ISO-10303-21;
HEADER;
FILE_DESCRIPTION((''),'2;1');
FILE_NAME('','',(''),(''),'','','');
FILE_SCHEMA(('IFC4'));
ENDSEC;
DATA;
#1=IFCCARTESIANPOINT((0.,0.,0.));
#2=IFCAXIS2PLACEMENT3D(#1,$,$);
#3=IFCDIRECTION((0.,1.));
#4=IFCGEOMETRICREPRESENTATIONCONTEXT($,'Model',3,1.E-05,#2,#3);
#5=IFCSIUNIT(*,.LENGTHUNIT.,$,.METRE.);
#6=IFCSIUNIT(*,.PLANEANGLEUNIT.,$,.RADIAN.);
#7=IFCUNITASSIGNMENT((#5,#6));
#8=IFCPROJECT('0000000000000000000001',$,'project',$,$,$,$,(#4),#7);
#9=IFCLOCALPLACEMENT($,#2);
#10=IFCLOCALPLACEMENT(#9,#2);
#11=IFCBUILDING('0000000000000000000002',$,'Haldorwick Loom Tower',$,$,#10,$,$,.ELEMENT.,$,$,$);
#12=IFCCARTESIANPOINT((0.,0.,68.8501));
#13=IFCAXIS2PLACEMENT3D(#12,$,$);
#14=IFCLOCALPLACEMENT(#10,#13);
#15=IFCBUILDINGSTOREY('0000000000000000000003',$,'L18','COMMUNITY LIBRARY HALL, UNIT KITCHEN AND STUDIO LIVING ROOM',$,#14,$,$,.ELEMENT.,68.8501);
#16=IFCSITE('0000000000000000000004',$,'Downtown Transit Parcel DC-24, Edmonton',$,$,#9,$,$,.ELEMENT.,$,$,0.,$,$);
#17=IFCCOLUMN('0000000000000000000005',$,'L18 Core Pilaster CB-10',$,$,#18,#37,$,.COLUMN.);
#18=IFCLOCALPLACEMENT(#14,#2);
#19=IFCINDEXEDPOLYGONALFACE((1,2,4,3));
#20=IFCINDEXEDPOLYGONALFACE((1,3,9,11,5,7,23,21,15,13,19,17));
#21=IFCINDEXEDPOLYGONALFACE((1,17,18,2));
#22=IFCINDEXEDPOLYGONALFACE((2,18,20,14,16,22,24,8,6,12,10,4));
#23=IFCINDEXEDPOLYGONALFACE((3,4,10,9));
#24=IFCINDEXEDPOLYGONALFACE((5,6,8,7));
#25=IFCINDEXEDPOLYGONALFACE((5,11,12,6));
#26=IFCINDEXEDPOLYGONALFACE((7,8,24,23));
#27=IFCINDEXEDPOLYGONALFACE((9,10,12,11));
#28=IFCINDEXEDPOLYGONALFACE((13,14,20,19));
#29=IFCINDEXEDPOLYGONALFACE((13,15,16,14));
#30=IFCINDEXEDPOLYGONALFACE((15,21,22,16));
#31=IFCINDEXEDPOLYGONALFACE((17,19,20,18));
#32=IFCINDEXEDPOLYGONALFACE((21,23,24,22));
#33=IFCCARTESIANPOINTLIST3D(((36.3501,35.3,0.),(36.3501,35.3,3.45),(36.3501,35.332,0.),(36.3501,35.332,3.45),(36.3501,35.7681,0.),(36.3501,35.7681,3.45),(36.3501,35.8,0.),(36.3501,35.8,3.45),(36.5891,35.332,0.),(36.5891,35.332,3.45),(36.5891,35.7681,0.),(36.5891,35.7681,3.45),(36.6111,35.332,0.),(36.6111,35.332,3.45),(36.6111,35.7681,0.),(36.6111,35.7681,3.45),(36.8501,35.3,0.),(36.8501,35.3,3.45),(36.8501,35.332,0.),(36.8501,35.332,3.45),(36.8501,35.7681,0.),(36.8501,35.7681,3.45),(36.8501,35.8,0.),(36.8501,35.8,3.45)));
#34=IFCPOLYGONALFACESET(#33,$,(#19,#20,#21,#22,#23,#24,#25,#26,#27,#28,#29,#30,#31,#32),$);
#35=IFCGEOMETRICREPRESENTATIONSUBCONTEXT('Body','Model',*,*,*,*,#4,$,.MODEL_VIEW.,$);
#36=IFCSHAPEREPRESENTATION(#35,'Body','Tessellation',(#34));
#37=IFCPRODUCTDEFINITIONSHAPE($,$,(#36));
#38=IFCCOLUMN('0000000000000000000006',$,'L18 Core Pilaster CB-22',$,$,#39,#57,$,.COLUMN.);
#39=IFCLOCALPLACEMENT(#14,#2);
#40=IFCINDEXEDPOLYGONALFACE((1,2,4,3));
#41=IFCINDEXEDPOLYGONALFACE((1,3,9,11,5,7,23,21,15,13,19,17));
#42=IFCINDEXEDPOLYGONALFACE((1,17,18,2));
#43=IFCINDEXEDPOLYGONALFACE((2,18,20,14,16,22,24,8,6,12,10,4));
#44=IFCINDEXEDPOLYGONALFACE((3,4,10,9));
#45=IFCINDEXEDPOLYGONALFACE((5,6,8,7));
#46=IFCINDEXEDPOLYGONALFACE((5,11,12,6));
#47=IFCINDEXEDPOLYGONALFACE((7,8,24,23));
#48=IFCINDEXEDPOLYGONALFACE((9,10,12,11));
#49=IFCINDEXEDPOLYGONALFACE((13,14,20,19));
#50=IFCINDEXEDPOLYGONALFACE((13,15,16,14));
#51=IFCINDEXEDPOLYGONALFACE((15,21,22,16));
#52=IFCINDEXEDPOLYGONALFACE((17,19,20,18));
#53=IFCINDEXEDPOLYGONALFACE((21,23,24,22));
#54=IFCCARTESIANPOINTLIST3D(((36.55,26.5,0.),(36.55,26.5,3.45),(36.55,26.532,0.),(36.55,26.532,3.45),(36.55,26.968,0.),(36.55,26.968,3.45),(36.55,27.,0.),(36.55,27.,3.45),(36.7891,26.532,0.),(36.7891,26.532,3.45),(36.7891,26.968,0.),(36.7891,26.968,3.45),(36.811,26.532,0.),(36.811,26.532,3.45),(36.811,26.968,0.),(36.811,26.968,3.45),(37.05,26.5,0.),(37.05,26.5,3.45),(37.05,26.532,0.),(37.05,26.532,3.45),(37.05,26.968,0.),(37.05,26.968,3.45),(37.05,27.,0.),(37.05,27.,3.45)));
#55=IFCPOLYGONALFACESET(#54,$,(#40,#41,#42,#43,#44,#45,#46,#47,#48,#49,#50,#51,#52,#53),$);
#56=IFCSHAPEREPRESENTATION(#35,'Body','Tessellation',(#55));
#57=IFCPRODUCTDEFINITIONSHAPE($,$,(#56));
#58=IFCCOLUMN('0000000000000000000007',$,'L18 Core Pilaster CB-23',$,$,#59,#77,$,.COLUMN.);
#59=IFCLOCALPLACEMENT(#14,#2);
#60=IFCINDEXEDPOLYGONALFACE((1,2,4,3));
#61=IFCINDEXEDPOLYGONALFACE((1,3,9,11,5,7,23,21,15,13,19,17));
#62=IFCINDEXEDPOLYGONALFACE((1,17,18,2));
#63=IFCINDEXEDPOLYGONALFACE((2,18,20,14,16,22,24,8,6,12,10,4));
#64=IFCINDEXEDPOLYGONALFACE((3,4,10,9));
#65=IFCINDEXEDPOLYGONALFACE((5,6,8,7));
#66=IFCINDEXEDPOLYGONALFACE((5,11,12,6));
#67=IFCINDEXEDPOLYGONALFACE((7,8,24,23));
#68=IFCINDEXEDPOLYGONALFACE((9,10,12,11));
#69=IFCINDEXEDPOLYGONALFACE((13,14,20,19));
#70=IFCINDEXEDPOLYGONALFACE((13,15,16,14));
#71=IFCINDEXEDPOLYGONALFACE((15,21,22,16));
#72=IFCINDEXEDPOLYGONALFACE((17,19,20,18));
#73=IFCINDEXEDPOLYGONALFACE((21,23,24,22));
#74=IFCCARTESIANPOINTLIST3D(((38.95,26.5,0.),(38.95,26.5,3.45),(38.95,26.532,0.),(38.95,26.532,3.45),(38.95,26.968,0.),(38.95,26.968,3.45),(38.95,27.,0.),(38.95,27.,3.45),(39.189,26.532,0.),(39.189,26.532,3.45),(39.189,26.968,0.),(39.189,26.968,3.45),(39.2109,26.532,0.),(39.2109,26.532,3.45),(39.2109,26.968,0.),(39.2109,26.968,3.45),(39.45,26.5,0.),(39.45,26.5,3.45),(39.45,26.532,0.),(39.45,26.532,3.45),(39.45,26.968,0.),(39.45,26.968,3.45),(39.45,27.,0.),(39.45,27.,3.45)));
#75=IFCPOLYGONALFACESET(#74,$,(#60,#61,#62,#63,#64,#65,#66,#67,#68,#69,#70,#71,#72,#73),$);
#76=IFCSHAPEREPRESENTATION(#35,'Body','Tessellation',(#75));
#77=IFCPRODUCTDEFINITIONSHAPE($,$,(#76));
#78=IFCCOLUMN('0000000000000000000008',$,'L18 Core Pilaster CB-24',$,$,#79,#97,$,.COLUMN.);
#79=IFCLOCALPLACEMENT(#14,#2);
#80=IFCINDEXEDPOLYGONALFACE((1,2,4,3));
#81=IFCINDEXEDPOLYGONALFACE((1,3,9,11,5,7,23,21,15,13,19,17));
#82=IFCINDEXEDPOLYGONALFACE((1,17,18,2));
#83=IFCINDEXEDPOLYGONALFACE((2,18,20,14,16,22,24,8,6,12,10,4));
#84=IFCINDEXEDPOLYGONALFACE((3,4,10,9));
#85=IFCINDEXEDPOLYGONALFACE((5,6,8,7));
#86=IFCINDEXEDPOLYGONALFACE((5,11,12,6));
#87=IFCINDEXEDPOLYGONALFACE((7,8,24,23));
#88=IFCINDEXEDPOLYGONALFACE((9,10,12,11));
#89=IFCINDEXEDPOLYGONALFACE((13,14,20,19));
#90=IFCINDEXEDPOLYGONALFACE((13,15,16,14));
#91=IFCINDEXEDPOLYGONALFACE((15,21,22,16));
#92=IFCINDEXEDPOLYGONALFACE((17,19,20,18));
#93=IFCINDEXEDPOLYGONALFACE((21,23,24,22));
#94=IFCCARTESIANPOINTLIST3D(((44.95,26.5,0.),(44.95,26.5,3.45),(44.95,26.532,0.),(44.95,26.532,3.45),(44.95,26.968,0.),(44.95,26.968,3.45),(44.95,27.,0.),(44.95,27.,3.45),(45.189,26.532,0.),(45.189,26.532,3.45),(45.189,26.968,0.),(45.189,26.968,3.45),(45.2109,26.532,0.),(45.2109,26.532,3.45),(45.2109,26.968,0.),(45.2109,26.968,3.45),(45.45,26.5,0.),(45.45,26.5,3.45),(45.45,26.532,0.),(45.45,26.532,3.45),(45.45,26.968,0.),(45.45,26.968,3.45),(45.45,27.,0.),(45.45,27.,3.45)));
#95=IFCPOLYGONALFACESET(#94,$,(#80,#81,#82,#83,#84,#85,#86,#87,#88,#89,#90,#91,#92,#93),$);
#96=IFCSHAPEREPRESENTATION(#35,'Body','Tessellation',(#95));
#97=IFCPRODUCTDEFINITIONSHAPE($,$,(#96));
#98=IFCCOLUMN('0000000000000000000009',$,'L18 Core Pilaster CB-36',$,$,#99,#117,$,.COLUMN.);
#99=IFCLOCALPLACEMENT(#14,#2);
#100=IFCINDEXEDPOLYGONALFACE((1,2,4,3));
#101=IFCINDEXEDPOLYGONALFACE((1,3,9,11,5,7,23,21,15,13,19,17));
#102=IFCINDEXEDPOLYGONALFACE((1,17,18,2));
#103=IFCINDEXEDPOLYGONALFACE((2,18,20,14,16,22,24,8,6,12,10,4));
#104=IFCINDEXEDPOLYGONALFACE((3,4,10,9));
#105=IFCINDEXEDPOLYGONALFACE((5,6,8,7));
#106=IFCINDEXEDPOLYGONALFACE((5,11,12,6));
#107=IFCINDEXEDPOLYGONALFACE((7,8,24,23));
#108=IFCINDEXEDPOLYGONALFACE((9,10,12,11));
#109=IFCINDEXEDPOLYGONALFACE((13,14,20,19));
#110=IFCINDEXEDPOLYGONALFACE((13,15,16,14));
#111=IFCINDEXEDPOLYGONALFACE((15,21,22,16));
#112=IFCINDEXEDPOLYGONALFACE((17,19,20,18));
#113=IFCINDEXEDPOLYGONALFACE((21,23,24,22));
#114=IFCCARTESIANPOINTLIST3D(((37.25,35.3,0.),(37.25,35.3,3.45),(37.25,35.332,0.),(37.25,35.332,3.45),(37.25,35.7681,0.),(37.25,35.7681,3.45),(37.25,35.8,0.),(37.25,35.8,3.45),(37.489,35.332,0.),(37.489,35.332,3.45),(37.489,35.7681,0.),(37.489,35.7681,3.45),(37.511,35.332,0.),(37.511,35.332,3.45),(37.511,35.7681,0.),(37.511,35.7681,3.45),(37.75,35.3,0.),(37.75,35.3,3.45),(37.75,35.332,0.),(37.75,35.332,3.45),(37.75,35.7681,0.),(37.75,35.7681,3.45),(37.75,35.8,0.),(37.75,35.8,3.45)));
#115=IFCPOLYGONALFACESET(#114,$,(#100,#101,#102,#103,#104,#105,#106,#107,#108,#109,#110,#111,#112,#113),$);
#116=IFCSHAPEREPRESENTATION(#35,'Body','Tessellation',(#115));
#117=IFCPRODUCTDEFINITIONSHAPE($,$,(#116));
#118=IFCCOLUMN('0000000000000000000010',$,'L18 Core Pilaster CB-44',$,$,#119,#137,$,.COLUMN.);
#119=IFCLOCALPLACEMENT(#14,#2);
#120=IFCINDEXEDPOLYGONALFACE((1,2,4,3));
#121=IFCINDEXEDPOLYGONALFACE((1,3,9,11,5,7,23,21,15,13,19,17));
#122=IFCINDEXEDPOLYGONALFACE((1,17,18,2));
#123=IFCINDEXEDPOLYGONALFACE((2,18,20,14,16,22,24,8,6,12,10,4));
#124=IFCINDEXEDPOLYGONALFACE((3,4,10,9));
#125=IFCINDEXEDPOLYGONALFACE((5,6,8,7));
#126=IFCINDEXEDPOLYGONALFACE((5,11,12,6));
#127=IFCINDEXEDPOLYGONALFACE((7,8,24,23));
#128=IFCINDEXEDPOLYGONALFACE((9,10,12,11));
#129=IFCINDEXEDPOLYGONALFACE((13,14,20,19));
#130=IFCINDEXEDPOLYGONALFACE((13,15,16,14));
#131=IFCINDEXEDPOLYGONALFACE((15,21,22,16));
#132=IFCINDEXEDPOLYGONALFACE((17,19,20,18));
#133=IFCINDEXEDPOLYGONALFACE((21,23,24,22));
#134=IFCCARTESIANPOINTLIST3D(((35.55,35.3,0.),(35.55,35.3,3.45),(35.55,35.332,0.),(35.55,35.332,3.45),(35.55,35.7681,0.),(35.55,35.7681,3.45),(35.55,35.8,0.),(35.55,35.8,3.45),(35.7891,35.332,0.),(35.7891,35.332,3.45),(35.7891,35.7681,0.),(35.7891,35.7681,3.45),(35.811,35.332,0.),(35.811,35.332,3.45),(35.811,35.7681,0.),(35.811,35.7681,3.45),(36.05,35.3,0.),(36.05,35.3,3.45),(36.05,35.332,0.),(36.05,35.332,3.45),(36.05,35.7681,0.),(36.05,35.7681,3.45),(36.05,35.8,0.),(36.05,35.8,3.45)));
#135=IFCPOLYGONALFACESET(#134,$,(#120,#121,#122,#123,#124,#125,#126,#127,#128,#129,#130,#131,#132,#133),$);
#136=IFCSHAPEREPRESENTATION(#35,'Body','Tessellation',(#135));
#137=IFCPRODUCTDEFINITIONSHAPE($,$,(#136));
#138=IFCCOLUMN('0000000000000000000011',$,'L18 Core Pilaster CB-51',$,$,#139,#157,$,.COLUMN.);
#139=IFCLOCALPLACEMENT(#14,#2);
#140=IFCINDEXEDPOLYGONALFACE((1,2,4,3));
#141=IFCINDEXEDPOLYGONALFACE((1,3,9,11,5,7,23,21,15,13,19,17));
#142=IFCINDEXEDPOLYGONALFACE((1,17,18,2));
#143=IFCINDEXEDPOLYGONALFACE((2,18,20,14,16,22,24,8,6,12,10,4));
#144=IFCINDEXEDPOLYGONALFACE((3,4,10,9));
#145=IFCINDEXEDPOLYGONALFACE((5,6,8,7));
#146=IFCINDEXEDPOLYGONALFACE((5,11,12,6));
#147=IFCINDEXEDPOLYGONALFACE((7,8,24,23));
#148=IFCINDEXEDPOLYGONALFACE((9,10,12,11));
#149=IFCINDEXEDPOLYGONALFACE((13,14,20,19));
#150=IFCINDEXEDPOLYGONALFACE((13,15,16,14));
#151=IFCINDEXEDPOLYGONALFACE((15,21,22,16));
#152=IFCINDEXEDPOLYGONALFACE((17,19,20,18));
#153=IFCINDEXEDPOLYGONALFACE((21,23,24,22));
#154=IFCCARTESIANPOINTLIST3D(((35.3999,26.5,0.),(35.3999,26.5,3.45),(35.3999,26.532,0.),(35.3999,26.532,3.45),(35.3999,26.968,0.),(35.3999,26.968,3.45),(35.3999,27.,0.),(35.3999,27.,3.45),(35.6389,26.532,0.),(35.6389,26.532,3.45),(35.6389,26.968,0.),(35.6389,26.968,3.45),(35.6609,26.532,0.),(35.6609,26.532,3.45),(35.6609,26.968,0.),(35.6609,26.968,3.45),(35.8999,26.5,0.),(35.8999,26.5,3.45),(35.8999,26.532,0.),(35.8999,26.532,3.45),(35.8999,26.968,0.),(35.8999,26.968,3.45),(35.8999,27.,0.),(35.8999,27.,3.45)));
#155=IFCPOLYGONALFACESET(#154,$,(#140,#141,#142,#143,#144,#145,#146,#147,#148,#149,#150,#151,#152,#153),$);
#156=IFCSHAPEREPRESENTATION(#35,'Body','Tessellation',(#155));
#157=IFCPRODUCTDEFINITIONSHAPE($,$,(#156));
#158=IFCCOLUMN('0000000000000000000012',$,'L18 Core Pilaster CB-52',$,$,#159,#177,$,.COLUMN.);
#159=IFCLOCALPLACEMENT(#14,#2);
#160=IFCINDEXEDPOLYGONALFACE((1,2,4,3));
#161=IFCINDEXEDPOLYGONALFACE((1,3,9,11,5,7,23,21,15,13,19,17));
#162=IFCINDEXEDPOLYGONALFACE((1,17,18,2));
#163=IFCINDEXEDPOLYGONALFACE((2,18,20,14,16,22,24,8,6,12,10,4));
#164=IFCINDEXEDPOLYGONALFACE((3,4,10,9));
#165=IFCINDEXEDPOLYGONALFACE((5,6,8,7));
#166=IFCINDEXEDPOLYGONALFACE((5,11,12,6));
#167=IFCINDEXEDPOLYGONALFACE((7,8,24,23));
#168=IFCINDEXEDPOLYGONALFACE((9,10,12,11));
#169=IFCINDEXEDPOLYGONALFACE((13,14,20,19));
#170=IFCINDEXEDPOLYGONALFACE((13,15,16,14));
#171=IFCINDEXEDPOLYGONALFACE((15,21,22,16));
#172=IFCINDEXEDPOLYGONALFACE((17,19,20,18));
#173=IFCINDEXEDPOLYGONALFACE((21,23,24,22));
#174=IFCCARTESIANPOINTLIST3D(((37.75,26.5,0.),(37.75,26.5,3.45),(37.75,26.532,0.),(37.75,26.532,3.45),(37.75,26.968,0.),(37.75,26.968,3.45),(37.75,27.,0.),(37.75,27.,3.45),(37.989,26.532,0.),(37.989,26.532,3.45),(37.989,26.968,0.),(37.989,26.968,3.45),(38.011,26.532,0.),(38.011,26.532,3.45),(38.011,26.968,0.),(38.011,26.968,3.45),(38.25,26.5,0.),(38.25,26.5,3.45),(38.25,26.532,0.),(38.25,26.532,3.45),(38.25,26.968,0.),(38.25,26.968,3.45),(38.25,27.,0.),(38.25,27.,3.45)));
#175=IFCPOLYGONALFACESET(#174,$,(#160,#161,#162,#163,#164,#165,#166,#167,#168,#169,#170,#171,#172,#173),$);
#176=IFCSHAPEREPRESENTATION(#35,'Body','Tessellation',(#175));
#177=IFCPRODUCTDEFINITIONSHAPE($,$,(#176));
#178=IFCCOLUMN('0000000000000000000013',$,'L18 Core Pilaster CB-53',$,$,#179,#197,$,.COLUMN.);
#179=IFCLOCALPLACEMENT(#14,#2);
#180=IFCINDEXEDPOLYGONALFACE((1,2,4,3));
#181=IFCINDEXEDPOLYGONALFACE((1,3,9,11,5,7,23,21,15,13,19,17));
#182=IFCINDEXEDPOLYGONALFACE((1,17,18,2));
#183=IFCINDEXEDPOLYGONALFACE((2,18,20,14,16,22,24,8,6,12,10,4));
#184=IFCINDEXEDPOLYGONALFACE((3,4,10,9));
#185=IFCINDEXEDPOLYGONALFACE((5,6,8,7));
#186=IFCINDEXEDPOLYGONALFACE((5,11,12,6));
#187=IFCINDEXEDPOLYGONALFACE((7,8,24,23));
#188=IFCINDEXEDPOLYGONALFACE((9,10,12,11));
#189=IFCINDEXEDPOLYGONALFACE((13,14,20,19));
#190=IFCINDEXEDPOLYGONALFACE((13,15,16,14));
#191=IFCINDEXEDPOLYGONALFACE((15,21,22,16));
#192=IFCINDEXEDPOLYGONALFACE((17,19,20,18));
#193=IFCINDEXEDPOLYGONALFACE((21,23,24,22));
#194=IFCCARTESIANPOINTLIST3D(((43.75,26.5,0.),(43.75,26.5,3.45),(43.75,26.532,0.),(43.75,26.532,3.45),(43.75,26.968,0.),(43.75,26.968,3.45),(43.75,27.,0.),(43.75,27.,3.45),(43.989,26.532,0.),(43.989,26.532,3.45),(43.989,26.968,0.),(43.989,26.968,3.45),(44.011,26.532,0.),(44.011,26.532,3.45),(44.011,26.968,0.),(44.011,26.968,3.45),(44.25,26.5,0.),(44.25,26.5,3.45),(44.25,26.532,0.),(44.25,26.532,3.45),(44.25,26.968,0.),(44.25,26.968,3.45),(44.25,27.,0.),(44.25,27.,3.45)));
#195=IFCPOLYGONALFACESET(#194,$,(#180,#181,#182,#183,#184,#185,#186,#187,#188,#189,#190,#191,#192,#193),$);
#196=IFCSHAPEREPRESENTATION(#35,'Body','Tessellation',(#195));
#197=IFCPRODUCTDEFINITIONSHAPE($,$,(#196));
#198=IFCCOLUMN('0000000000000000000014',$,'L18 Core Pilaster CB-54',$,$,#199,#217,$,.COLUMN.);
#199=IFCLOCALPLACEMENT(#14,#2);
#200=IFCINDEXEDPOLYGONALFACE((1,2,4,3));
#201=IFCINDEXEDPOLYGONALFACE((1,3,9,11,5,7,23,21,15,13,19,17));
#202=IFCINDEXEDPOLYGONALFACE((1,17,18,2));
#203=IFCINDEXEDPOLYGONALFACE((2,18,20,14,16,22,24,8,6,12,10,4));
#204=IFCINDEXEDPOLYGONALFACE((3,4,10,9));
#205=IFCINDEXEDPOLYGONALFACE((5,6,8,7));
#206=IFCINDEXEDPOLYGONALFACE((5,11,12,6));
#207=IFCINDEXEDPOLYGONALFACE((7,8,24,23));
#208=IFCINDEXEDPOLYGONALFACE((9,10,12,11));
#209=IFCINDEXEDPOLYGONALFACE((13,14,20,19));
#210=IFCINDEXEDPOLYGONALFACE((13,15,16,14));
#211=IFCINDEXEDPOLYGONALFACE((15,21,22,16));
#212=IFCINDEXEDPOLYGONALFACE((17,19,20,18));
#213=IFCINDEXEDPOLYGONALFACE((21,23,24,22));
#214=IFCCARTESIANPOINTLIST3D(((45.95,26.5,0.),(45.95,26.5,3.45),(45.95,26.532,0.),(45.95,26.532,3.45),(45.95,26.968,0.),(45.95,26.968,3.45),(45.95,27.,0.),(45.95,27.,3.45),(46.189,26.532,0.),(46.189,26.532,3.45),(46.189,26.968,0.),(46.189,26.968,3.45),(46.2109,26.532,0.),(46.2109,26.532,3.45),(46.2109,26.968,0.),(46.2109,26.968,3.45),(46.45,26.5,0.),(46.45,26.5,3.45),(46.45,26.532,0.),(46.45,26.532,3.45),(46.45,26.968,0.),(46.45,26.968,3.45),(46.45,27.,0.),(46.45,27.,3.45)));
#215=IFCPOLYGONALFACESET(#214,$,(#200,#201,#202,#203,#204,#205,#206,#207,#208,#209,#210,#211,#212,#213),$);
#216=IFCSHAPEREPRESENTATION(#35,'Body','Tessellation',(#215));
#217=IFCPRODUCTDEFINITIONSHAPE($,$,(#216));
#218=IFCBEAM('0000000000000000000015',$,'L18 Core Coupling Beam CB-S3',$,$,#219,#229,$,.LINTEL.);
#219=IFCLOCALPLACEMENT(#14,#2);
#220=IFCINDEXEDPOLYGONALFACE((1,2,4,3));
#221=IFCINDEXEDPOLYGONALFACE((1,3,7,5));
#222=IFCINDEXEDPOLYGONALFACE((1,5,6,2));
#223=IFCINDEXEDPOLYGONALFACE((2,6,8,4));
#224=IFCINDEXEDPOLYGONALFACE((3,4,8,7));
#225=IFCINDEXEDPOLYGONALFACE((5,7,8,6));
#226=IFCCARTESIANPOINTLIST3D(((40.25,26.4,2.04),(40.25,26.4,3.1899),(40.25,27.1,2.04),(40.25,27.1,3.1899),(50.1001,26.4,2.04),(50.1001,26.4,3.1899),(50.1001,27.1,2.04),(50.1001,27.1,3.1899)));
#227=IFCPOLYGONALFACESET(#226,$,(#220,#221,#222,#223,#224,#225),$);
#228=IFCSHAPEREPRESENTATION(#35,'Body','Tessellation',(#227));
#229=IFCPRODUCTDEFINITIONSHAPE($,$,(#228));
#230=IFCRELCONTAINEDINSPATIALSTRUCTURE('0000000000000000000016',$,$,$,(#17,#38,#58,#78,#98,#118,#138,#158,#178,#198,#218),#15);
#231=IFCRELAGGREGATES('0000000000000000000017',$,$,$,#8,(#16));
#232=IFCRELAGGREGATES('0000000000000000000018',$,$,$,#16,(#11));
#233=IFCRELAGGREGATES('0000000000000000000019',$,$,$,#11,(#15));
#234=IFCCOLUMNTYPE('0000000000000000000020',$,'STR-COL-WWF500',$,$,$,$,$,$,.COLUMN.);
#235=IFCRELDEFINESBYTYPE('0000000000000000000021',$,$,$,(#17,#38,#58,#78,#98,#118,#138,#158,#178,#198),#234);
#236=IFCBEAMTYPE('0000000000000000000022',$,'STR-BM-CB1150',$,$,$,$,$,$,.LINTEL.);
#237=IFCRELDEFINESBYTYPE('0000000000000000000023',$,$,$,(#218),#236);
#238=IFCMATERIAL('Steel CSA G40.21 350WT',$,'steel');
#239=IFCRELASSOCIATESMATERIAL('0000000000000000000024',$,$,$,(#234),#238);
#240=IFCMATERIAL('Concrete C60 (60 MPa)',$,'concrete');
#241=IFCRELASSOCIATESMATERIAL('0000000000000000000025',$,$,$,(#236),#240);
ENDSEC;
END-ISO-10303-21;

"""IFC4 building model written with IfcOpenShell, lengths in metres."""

from ifc_helpers import new_model, si_unit, direction, frame, origin, origin_2d, place, context, subcontext, project, spatial, rectangle, i_section, extrude, material, material_profile, profile_set, type_object, element, save


model = new_model("IFC4")

# Units and contexts
model_context = context("Model", 3, precision=1e-05, world=origin(), true_north=direction((0.0, 1.0)))
body_context = subcontext(model_context, "Body", "Model", "MODEL_VIEW")
ifc_project = project(units=[si_unit("LENGTHUNIT", "METRE"), si_unit("PLANEANGLEUNIT", "RADIAN")], contexts=[model_context])

# Site, building, storey
site_placement = place(None, origin())
site = spatial("IfcSite", under=ifc_project, at=site_placement, Name="Downtown Transit Parcel DC-24, Edmonton", CompositionType="ELEMENT", RefElevation=0.0)
building_placement = place(site_placement, origin())
building = spatial("IfcBuilding", under=site, at=building_placement, Name="Haldorwick Loom Tower", CompositionType="ELEMENT")
storey_placement = place(building_placement, frame((0.0, 0.0, 68.8501)))
storey = spatial("IfcBuildingStorey", under=building, at=storey_placement, Name="L18", Description="COMMUNITY LIBRARY HALL, UNIT KITCHEN AND STUDIO LIVING ROOM", CompositionType="ELEMENT", Elevation=68.8501)

# Columns
ifc_material_1 = material(Name="Steel CSA G40.21 350WT", Category="steel")
ifc_material_profile_1 = material_profile(ifc_material_1, i_section(OverallWidth=0.5, OverallDepth=0.5, WebThickness=0.022, FlangeThickness=0.032, at=origin_2d()), Name="WWF500X500", Category="steel")
ifc_profile_set_1 = profile_set([ifc_material_profile_1], Name="Steel CSA G40.21 350WT")
column_type = type_object("IfcColumnType", Name="STR-COL-WWF500", PredefinedType="COLUMN", material=ifc_profile_set_1)
for number, where, z_axis, x_axis, name in (
    (1, (36.6001, 35.55, 0.0), (0.0, 0.0, 1.0), (1.0, 0.0, 0.0), "L18 Core Pilaster CB-10"),
    (2, (36.8, 26.75, 0.0), (0.0, 0.0, 1.0), (1.0, 0.0, 0.0), "L18 Core Pilaster CB-22"),
    (3, (39.2, 26.75, 0.0), (0.0, 0.0, 1.0), (1.0, 0.0, 0.0), "L18 Core Pilaster CB-23"),
    (4, (45.2, 26.75, 0.0), (0.0, 0.0, 1.0), (1.0, 0.0, 0.0), "L18 Core Pilaster CB-24"),
    (5, (37.5, 35.55, 0.0), (0.0, 0.0, 1.0), (1.0, 0.0, 0.0), "L18 Core Pilaster CB-36"),
    (6, (35.8, 35.55, 0.0), (0.0, 0.0, 1.0), (1.0, 0.0, 0.0), "L18 Core Pilaster CB-44"),
    (7, (35.6499, 26.75, 0.0), (0.0, 0.0, 1.0), (1.0, 0.0, 0.0), "L18 Core Pilaster CB-51"),
    (8, (38.0, 26.75, 0.0), (0.0, 0.0, 1.0), (1.0, 0.0, 0.0), "L18 Core Pilaster CB-52"),
    (9, (44.0, 26.75, 0.0), (0.0, 0.0, 1.0), (1.0, 0.0, 0.0), "L18 Core Pilaster CB-53"),
    (10, (46.2, 26.75, 0.0), (0.0, 0.0, 1.0), (1.0, 0.0, 0.0), "L18 Core Pilaster CB-54"),
):
    element("IfcColumn", number, at=place(storey_placement, frame(where, z_axis=z_axis, x_axis=x_axis)), inside=storey, type_object=column_type, Name=name, PredefinedType="COLUMN", context=body_context, shape_type="SweptSolid", body=[
        extrude(i_section(OverallWidth=0.5, OverallDepth=0.5, WebThickness=0.022, FlangeThickness=0.032, at=origin_2d()), origin(), (0.0, 0.0, 1.0), 3.45),
    ])

# Beam
ifc_material_2 = material(Name="Concrete C60 (60 MPa)", Category="concrete")
ifc_material_profile_2 = material_profile(ifc_material_2, rectangle(XDim=0.7, YDim=1.1499, at=origin_2d()), Name="RC700X1150", Category="concrete")
ifc_profile_set_2 = profile_set([ifc_material_profile_2], Name="Concrete C60 (60 MPa)")
beam_type_1 = type_object("IfcBeamType", Name="STR-BM-CB1150", PredefinedType="LINTEL", material=ifc_profile_set_2)
beam_1_placement = place(storey_placement, frame((40.25, 26.75, 2.615), z_axis=(1.0, 0.0, 0.0), x_axis=(0.0, 1.0, 0.0)))
element("IfcBeam", 11, at=beam_1_placement, inside=storey, type_object=beam_type_1, Name="L18 Core Coupling Beam CB-S3", PredefinedType="LINTEL", context=body_context, shape_type="SweptSolid", body=[
    extrude(rectangle(XDim=0.7, YDim=1.1499, at=origin_2d()), origin(), (0.0, 0.0, 1.0), 9.8501),
])

save(model, "model.ifc")
